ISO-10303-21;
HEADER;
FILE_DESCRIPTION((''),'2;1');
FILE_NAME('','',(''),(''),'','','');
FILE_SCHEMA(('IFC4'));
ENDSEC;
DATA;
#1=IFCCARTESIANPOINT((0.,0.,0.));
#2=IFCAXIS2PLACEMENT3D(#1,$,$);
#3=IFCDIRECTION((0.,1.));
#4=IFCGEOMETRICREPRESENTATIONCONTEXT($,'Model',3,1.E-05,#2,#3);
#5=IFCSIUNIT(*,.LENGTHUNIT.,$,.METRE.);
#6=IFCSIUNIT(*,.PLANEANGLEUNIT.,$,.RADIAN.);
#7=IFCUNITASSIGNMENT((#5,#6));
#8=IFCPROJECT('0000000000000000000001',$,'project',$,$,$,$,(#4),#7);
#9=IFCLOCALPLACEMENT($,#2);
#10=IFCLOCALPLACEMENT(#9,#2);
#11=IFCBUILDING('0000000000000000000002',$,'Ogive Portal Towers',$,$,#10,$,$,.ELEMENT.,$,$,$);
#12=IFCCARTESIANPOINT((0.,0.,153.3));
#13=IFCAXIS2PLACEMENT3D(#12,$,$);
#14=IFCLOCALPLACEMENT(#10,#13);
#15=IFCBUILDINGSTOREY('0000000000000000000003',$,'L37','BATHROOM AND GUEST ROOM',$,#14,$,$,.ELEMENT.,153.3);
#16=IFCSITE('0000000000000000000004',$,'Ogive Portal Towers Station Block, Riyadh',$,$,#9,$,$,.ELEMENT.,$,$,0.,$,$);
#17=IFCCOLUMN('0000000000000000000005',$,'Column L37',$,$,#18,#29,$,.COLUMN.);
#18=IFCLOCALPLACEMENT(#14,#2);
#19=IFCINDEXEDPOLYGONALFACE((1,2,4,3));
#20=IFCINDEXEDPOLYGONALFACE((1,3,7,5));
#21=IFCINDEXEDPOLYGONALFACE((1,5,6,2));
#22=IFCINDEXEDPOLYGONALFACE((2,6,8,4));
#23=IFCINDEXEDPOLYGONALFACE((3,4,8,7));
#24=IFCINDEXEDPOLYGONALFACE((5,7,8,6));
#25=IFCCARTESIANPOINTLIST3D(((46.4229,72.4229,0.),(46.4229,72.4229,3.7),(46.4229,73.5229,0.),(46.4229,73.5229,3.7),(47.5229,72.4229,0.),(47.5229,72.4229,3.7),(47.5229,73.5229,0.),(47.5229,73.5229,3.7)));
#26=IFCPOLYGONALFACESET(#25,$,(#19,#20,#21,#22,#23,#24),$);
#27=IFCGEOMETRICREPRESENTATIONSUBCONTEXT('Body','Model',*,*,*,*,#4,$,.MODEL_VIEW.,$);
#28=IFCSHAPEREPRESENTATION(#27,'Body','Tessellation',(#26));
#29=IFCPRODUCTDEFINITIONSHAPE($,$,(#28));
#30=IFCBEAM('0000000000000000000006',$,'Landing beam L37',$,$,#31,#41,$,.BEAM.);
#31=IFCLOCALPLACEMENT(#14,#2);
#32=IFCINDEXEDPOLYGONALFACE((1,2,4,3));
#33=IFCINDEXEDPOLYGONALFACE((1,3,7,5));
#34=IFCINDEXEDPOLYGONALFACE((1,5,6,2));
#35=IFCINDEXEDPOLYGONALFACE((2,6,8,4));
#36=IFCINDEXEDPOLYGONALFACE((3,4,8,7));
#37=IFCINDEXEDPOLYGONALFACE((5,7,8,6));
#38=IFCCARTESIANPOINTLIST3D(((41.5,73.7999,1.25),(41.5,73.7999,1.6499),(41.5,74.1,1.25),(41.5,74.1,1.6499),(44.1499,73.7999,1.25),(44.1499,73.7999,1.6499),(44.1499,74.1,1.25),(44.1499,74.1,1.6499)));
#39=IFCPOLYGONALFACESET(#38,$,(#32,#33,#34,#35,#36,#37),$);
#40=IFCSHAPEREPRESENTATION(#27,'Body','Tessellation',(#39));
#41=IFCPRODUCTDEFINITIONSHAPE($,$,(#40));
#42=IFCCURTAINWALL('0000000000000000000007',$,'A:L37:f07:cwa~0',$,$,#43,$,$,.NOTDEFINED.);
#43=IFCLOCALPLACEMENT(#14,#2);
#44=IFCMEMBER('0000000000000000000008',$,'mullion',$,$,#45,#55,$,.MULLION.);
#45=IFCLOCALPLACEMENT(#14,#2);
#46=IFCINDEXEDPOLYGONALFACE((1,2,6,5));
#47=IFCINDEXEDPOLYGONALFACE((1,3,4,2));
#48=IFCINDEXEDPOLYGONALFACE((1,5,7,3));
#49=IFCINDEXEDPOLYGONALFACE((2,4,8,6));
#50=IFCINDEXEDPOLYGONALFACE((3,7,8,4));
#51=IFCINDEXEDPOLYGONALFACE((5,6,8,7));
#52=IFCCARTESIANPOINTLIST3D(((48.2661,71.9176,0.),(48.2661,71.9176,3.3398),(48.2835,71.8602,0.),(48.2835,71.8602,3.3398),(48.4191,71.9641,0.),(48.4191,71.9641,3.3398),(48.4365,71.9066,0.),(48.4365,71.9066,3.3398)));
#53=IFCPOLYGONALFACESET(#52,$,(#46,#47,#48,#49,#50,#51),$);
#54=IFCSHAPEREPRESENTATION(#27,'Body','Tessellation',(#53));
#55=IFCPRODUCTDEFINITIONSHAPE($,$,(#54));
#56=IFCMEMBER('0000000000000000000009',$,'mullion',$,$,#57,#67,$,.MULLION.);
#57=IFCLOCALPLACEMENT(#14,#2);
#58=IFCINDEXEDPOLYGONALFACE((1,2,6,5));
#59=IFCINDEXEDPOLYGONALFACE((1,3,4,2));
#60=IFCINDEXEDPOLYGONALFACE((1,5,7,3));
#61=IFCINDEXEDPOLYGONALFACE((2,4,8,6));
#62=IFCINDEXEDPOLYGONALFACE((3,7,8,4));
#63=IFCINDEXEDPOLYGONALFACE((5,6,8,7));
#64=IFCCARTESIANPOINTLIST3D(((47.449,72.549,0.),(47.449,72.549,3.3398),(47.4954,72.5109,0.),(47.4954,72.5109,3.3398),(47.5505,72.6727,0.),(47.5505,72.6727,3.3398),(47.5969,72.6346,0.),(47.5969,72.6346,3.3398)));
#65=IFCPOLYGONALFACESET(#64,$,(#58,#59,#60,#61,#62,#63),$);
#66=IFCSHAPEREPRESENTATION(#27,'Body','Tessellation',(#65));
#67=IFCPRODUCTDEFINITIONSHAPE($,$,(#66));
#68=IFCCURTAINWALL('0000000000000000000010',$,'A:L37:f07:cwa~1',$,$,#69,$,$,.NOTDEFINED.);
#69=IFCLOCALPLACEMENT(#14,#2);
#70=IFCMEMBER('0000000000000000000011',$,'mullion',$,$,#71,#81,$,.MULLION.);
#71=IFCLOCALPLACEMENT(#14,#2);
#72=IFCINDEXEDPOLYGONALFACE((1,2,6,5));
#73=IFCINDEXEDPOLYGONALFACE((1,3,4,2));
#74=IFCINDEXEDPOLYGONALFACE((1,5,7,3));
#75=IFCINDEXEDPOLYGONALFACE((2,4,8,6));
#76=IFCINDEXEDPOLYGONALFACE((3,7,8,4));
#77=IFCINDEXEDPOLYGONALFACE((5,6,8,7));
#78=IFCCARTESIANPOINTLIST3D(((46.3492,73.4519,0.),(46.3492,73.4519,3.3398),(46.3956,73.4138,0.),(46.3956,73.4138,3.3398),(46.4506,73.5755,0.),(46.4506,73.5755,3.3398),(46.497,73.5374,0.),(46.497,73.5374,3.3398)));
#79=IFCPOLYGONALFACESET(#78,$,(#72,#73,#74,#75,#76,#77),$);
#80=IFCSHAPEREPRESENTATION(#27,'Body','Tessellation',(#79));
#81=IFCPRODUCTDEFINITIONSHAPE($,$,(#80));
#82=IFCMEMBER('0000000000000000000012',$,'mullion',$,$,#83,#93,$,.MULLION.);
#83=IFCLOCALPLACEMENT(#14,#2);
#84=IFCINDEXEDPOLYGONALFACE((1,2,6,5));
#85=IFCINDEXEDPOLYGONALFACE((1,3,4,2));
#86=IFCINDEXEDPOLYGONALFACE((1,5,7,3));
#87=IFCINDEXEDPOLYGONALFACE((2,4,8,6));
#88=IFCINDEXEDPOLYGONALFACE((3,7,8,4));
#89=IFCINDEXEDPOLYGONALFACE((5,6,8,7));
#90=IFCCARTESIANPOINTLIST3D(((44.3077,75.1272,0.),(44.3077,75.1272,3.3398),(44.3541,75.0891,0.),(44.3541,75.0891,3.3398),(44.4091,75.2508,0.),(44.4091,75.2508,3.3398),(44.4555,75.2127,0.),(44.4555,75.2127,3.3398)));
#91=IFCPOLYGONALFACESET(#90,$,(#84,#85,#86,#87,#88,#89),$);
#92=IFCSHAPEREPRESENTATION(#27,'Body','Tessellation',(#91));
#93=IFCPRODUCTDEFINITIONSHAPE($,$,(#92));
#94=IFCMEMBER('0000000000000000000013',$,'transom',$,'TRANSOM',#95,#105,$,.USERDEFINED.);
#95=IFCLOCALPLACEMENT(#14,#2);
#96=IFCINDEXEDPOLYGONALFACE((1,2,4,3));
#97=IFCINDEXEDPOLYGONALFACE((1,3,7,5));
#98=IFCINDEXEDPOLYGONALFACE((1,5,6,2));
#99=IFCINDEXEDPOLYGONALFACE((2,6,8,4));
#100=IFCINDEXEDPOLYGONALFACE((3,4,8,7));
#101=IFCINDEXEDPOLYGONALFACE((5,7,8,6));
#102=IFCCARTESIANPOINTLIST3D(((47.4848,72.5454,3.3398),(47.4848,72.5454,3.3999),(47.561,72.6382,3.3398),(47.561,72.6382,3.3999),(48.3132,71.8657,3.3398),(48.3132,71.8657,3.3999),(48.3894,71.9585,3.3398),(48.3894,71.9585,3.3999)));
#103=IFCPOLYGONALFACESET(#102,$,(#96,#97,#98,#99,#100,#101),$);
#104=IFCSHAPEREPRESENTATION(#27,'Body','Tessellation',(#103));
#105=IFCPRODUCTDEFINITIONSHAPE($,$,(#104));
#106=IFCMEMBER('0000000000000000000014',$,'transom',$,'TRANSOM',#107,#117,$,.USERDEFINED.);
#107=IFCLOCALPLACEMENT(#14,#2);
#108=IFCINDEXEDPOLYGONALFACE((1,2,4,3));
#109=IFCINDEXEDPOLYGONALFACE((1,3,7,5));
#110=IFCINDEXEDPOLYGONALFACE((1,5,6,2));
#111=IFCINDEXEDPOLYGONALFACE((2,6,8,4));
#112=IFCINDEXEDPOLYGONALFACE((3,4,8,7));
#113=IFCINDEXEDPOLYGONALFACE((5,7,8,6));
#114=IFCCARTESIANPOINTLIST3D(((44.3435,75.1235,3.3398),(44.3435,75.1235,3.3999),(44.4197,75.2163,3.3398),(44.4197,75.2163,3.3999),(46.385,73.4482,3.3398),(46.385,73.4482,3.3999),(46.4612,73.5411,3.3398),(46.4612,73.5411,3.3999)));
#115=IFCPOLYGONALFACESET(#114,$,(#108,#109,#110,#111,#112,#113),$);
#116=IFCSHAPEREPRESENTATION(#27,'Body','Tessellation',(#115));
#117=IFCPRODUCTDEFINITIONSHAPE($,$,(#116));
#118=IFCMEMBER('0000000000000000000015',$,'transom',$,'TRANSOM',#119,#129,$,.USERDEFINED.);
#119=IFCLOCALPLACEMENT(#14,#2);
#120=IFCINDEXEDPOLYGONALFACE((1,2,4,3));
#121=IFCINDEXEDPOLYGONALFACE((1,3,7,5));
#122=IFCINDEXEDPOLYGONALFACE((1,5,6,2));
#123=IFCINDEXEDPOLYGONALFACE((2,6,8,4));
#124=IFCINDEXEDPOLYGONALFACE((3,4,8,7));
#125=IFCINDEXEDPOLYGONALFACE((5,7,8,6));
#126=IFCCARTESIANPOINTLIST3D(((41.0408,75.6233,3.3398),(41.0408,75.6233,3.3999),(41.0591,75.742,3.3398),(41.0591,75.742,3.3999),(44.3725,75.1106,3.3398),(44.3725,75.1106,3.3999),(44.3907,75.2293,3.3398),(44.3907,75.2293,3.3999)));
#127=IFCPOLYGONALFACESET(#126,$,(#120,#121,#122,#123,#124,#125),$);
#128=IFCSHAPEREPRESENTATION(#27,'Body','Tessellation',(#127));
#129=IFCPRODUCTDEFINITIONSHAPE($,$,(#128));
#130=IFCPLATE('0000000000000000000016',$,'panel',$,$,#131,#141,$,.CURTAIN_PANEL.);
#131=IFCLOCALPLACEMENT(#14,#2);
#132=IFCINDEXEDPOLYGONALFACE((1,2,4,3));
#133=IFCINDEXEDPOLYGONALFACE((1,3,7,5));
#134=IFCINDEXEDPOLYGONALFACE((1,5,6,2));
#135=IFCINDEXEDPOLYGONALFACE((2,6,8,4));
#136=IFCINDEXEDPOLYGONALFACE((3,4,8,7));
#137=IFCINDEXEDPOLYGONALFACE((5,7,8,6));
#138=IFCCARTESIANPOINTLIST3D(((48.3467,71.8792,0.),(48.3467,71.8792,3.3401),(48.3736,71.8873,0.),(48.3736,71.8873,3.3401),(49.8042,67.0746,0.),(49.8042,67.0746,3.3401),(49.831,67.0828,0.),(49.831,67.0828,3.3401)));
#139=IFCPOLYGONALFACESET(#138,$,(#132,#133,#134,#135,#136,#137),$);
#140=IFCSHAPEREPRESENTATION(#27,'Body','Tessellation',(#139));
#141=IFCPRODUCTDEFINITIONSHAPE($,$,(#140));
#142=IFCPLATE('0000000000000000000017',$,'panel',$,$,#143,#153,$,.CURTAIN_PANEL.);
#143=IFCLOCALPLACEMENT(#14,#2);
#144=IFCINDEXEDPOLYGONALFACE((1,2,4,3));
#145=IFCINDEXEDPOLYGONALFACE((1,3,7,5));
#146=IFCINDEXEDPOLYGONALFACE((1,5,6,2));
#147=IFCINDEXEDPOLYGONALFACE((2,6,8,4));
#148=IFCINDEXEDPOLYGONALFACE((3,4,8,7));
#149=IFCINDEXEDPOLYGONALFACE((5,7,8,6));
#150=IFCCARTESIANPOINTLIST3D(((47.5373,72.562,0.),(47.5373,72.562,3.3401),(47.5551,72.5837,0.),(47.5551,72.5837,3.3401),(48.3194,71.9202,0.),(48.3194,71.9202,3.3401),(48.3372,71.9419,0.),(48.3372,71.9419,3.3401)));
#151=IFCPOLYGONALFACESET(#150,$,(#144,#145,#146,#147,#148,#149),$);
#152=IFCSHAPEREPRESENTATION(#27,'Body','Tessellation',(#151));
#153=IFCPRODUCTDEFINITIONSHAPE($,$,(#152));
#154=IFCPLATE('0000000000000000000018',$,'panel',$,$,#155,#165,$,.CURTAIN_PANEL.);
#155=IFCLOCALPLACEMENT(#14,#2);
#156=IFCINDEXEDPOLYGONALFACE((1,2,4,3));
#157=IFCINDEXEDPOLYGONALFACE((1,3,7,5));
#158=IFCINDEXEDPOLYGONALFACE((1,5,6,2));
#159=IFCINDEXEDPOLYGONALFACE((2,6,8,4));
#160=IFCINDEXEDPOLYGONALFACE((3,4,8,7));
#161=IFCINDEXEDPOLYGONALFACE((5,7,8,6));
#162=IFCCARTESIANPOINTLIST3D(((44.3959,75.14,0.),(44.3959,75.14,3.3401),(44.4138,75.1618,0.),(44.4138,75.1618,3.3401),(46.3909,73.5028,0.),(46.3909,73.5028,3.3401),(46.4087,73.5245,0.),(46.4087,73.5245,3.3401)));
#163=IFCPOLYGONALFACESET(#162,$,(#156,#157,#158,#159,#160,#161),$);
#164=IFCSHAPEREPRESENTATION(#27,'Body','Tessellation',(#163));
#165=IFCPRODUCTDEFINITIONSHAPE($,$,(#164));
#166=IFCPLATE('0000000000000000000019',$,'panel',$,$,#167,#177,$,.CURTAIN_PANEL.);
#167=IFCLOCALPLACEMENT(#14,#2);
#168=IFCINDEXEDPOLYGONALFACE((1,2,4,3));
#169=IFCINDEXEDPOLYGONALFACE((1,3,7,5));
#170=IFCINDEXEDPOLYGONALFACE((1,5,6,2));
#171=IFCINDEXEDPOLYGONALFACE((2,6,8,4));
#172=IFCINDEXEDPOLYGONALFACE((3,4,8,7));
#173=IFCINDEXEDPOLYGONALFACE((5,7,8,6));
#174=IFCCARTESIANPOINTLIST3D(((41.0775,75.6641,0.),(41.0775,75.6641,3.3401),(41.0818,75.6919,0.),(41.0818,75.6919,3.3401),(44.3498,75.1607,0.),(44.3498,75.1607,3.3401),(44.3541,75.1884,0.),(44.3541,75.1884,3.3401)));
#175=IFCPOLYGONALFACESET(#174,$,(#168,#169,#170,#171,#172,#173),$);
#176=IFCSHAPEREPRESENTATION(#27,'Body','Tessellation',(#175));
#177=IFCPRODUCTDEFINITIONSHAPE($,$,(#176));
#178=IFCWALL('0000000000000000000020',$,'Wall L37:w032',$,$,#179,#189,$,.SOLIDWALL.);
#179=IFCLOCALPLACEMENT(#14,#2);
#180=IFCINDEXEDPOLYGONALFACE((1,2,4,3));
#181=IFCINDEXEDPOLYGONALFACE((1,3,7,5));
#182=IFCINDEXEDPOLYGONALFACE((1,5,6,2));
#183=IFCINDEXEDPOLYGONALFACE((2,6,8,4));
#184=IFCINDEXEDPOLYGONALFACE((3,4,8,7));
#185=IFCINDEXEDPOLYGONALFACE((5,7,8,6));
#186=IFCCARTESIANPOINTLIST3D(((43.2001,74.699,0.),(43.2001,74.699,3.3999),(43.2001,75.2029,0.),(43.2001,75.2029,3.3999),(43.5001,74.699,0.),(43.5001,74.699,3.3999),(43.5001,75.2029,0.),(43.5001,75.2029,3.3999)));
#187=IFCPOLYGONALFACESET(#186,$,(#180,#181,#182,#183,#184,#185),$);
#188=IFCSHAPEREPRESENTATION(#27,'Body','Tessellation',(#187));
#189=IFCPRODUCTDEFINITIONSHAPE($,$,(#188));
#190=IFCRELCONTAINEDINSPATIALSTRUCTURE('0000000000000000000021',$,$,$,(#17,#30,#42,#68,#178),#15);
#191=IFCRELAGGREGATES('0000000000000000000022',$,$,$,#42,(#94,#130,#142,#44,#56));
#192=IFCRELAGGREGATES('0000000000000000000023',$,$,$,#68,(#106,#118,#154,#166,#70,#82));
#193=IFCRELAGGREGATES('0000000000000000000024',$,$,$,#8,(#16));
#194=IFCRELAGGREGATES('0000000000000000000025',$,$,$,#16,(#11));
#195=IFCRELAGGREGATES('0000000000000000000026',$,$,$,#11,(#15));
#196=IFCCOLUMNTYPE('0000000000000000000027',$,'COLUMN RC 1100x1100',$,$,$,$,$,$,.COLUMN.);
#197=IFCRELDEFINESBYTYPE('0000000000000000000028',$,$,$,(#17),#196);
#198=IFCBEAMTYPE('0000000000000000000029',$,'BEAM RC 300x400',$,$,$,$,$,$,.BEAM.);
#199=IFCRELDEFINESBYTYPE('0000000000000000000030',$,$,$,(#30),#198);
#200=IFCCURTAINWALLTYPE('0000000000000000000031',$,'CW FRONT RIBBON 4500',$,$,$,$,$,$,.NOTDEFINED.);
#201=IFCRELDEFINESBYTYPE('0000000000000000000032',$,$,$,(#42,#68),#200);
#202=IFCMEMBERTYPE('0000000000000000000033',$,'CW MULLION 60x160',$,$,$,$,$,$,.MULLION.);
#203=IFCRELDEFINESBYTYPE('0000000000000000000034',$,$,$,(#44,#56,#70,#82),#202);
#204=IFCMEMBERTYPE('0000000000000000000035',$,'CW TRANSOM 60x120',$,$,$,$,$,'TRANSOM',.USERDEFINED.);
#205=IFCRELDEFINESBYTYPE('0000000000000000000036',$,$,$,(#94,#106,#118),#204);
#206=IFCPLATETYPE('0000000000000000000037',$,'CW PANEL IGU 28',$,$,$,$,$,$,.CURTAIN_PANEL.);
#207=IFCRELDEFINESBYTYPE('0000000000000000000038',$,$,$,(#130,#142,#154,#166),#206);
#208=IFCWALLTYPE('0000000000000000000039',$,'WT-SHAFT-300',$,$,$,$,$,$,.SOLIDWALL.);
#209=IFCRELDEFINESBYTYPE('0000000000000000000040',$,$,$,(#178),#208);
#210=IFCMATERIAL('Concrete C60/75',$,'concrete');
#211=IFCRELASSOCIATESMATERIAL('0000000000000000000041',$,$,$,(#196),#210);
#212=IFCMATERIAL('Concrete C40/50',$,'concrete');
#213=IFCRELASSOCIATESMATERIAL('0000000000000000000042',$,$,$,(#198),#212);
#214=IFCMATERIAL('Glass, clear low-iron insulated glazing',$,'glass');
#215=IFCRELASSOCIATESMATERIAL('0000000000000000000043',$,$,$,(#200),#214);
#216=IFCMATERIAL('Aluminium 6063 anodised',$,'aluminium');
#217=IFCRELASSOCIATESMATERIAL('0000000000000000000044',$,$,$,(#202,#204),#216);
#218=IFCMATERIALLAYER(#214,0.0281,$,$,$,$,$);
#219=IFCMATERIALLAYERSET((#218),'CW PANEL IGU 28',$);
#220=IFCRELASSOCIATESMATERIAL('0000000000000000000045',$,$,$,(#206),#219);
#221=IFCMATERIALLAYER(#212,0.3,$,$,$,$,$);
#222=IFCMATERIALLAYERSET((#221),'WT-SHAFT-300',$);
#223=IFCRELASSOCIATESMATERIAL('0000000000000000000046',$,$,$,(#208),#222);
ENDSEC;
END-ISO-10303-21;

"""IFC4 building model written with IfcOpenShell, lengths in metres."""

from ifc_helpers import new_model, si_unit, direction, frame, frame_2d, origin, origin_2d, place, context, subcontext, project, spatial, rectangle, extrude, material, layer, layer_set, material_profile, profile_set, type_object, element, aggregate, save


model = new_model("IFC4")

# Units and contexts
model_context = context("Model", 3, precision=1e-05, world=origin(), true_north=direction((0.0, 1.0)))
body_context = subcontext(model_context, "Body", "Model", "MODEL_VIEW")
ifc_project = project(units=[si_unit("LENGTHUNIT", "METRE"), si_unit("PLANEANGLEUNIT", "RADIAN")], contexts=[model_context])

# Site, building, storey
site_placement = place(None, origin())
site = spatial("IfcSite", under=ifc_project, at=site_placement, Name="Ogive Portal Towers Station Block, Riyadh", CompositionType="ELEMENT", RefElevation=0.0)
building_placement = place(site_placement, origin())
building = spatial("IfcBuilding", under=site, at=building_placement, Name="Ogive Portal Towers", CompositionType="ELEMENT")
storey_placement = place(building_placement, frame((0.0, 0.0, 153.3)))
storey = spatial("IfcBuildingStorey", under=building, at=storey_placement, Name="L37", Description="BATHROOM AND GUEST ROOM", CompositionType="ELEMENT", Elevation=153.3)

# Column
ifc_material_1 = material(Name="Concrete C60/75", Category="concrete")
ifc_material_profile_1 = material_profile(ifc_material_1, rectangle(XDim=1.1001, YDim=1.1001, at=origin_2d()), Name="RC 1100x1100")
ifc_profile_set_1 = profile_set([ifc_material_profile_1], Name="Concrete C60/75")
column_type = type_object("IfcColumnType", Name="COLUMN RC 1100x1100", PredefinedType="COLUMN", material=ifc_profile_set_1)
column_placement = place(storey_placement, frame((46.9729, 72.9729, 0.0), z_axis=(0.0, 0.0, 1.0), x_axis=(1.0, 0.0, 0.0)))
element("IfcColumn", 1, at=column_placement, inside=storey, type_object=column_type, Name="Column L37", PredefinedType="COLUMN", context=body_context, shape_type="SweptSolid", body=[
    extrude(rectangle(XDim=1.1001, YDim=1.1001, at=origin_2d()), origin(), (0.0, 0.0, 1.0), 3.7),
])

# Beam
ifc_material_2 = material(Name="Concrete C40/50", Category="concrete")
ifc_material_profile_2 = material_profile(ifc_material_2, rectangle(XDim=0.3, YDim=0.3999, at=origin_2d()), Name="RC 300x400")
ifc_profile_set_2 = profile_set([ifc_material_profile_2], Name="Concrete C40/50")
beam_type = type_object("IfcBeamType", Name="BEAM RC 300x400", PredefinedType="BEAM", material=ifc_profile_set_2)
beam_placement = place(storey_placement, frame((41.5, 73.95, 1.45), z_axis=(1.0, 0.0, 0.0), x_axis=(0.0, 1.0, 0.0)))
element("IfcBeam", 2, at=beam_placement, inside=storey, type_object=beam_type, Name="Landing beam L37", PredefinedType="BEAM", context=body_context, shape_type="SweptSolid", body=[
    extrude(rectangle(XDim=0.3, YDim=0.3999, at=origin_2d()), origin(), (0.0, 0.0, 1.0), 2.6499),
])

# Curtain walls, members
ifc_material_3 = material(Name="Glass, clear low-iron insulated glazing", Category="glass")
curtain_wall_type = type_object("IfcCurtainWallType", Name="CW FRONT RIBBON 4500", PredefinedType="NOTDEFINED", material=ifc_material_3)
curtain_wall_1_placement = place(storey_placement, origin())
curtain_wall_1 = element("IfcCurtainWall", 3, at=curtain_wall_1_placement, inside=storey, type_object=curtain_wall_type, Name="A:L37:f07:cwa~0", PredefinedType="NOTDEFINED")
ifc_material_4 = material(Name="Aluminium 6063 anodised", Category="aluminium")
ifc_material_profile_3 = material_profile(ifc_material_4, rectangle(XDim=0.1599, YDim=0.0601, at=origin_2d()), Name="AL 60x160")
ifc_profile_set_3 = profile_set([ifc_material_profile_3], Name="Aluminium 6063 anodised")
member_type_1 = type_object("IfcMemberType", Name="CW MULLION 60x160", PredefinedType="MULLION", material=ifc_profile_set_3)
member_1_placement = place(storey_placement, frame((48.3513, 71.9121, 0.0), z_axis=(0.0, 0.0, 1.0), x_axis=(-0.95694, -0.290285, 0.0)))
member_1 = element("IfcMember", 4, at=member_1_placement, type_object=member_type_1, Name="mullion", PredefinedType="MULLION", context=body_context, shape_type="SweptSolid", body=[
    extrude(rectangle(XDim=0.1599, YDim=0.0601, at=origin_2d()), origin(), (0.0, 0.0, 1.0), 3.3398),
])
member_2_placement = place(storey_placement, frame((47.5229, 72.5918, 0.0), z_axis=(0.0, 0.0, 1.0), x_axis=(-0.634393, -0.77301, 0.0)))
member_2 = element("IfcMember", 5, at=member_2_placement, type_object=member_type_1, Name="mullion", PredefinedType="MULLION", context=body_context, shape_type="SweptSolid", body=[
    extrude(rectangle(XDim=0.1599, YDim=0.0601, at=origin_2d()), origin(), (0.0, 0.0, 1.0), 3.3398),
])
curtain_wall_2_placement = place(storey_placement, origin())
curtain_wall_2 = element("IfcCurtainWall", 6, at=curtain_wall_2_placement, inside=storey, type_object=curtain_wall_type, Name="A:L37:f07:cwa~1", PredefinedType="NOTDEFINED")
member_3_placement = place(storey_placement, frame((46.4231, 73.4946, 0.0), z_axis=(0.0, 0.0, 1.0), x_axis=(-0.634393, -0.77301, 0.0)))
member_3 = element("IfcMember", 7, at=member_3_placement, type_object=member_type_1, Name="mullion", PredefinedType="MULLION", context=body_context, shape_type="SweptSolid", body=[
    extrude(rectangle(XDim=0.1599, YDim=0.0601, at=origin_2d()), origin(), (0.0, 0.0, 1.0), 3.3398),
])
member_4_placement = place(storey_placement, frame((44.3816, 75.1699, 0.0), z_axis=(0.0, 0.0, 1.0), x_axis=(-0.634393, -0.77301, 0.0)))
member_4 = element("IfcMember", 8, at=member_4_placement, type_object=member_type_1, Name="mullion", PredefinedType="MULLION", context=body_context, shape_type="SweptSolid", body=[
    extrude(rectangle(XDim=0.1599, YDim=0.0601, at=origin_2d()), origin(), (0.0, 0.0, 1.0), 3.3398),
])

# Members
ifc_material_profile_4 = material_profile(ifc_material_4, rectangle(XDim=0.1201, YDim=0.0601, at=origin_2d()), Name="AL 120x60")
ifc_profile_set_4 = profile_set([ifc_material_profile_4], Name="Aluminium 6063 anodised")
member_type_2 = type_object("IfcMemberType", Name="CW TRANSOM 60x120", ElementType="TRANSOM", PredefinedType="USERDEFINED", material=ifc_profile_set_4)
member_5_placement = place(storey_placement, frame((48.3513, 71.9121, 3.3699), z_axis=(-0.773073, 0.634317, 0.0), x_axis=(-0.634317, -0.773073, 0.0)))
member_5 = element("IfcMember", 9, at=member_5_placement, type_object=member_type_2, Name="transom", ObjectType="TRANSOM", PredefinedType="USERDEFINED", context=body_context, shape_type="SweptSolid", body=[
    extrude(rectangle(XDim=0.1201, YDim=0.0601, at=origin_2d()), origin(), (0.0, 0.0, 1.0), 1.0715),
])
member_6_placement = place(storey_placement, frame((46.4231, 73.4946, 3.3699), z_axis=(-0.773034, 0.634365, 0.0), x_axis=(-0.634365, -0.773034, 0.0)))
member_6 = element("IfcMember", 10, at=member_6_placement, type_object=member_type_2, Name="transom", ObjectType="TRANSOM", PredefinedType="USERDEFINED", context=body_context, shape_type="SweptSolid", body=[
    extrude(rectangle(XDim=0.1201, YDim=0.0601, at=origin_2d()), origin(), (0.0, 0.0, 1.0), 2.6409),
])
member_7_placement = place(storey_placement, frame((44.3816, 75.1699, 3.3699), z_axis=(-0.988365, 0.152101, 0.0), x_axis=(-0.152101, -0.988365, 0.0)))
member_7 = element("IfcMember", 11, at=member_7_placement, type_object=member_type_2, Name="transom", ObjectType="TRANSOM", PredefinedType="USERDEFINED", context=body_context, shape_type="SweptSolid", body=[
    extrude(rectangle(XDim=0.1201, YDim=0.0601, at=origin_2d()), origin(), (0.0, 0.0, 1.0), 3.3708),
])

# Plates
ifc_layer_1 = layer(ifc_material_3, 0.0281)
ifc_layer_set_1 = layer_set([ifc_layer_1], Name="CW PANEL IGU 28")
plate_type = type_object("IfcPlateType", Name="CW PANEL IGU 28", PredefinedType="CURTAIN_PANEL", material=ifc_layer_set_1)
plate_1_placement = place(storey_placement, frame((49.0889, 69.481, 0.0), z_axis=(0.0, 0.0, 1.0), x_axis=(-0.290285, 0.95694, 0.0)))
plate_1 = element("IfcPlate", 12, at=plate_1_placement, type_object=plate_type, Name="panel", PredefinedType="CURTAIN_PANEL", context=body_context, shape_type="SweptSolid", body=[
    extrude(rectangle(XDim=5.0208, YDim=0.0281, at=origin_2d()), origin(), (0.0, 0.0, 1.0), 3.3401),
])
plate_2_placement = place(storey_placement, frame((47.9373, 72.252, 0.0), z_axis=(0.0, 0.0, 1.0), x_axis=(-0.77301, 0.634393, 0.0)))
plate_2 = element("IfcPlate", 13, at=plate_2_placement, type_object=plate_type, Name="panel", PredefinedType="CURTAIN_PANEL", context=body_context, shape_type="SweptSolid", body=[
    extrude(rectangle(XDim=1.0117, YDim=0.0281, at=origin_2d()), origin(), (0.0, 0.0, 1.0), 3.3401),
])
aggregate(curtain_wall_1, [member_5, plate_1, plate_2, member_1, member_2])
plate_3_placement = place(storey_placement, frame((45.4023, 74.3323, 0.0), z_axis=(0.0, 0.0, 1.0), x_axis=(-0.77301, 0.634393, 0.0)))
plate_3 = element("IfcPlate", 14, at=plate_3_placement, type_object=plate_type, Name="panel", PredefinedType="CURTAIN_PANEL", context=body_context, shape_type="SweptSolid", body=[
    extrude(rectangle(XDim=2.5808, YDim=0.0281, at=origin_2d()), origin(), (0.0, 0.0, 1.0), 3.3401),
])
plate_4_placement = place(storey_placement, frame((42.7158, 75.4263, 0.0), z_axis=(0.0, 0.0, 1.0), x_axis=(-0.988369, 0.152074, 0.0)))
plate_4 = element("IfcPlate", 15, at=plate_4_placement, type_object=plate_type, Name="panel", PredefinedType="CURTAIN_PANEL", context=body_context, shape_type="SweptSolid", body=[
    extrude(rectangle(XDim=3.3108, YDim=0.0281, at=origin_2d()), origin(), (0.0, 0.0, 1.0), 3.3401),
])
aggregate(curtain_wall_2, [member_6, member_7, plate_3, plate_4, member_3, member_4])

# Wall
ifc_layer_2 = layer(ifc_material_2, 0.3)
ifc_layer_set_2 = layer_set([ifc_layer_2], Name="WT-SHAFT-300")
wall_type = type_object("IfcWallType", Name="WT-SHAFT-300", PredefinedType="SOLIDWALL", material=ifc_layer_set_2)
wall_placement = place(storey_placement, frame((43.3501, 74.699, 0.0), z_axis=(0.0, 0.0, 1.0), x_axis=(0.0, 1.0, 0.0)))
element("IfcWall", 16, at=wall_placement, inside=storey, type_object=wall_type, Name="Wall L37:w032", PredefinedType="SOLIDWALL", context=body_context, shape_type="SweptSolid", body=[
    extrude(rectangle(XDim=0.5039, YDim=0.3, at=frame_2d((0.252, 0.0))), origin(), (0.0, 0.0, 1.0), 3.3999),
])

save(model, "model.ifc")
